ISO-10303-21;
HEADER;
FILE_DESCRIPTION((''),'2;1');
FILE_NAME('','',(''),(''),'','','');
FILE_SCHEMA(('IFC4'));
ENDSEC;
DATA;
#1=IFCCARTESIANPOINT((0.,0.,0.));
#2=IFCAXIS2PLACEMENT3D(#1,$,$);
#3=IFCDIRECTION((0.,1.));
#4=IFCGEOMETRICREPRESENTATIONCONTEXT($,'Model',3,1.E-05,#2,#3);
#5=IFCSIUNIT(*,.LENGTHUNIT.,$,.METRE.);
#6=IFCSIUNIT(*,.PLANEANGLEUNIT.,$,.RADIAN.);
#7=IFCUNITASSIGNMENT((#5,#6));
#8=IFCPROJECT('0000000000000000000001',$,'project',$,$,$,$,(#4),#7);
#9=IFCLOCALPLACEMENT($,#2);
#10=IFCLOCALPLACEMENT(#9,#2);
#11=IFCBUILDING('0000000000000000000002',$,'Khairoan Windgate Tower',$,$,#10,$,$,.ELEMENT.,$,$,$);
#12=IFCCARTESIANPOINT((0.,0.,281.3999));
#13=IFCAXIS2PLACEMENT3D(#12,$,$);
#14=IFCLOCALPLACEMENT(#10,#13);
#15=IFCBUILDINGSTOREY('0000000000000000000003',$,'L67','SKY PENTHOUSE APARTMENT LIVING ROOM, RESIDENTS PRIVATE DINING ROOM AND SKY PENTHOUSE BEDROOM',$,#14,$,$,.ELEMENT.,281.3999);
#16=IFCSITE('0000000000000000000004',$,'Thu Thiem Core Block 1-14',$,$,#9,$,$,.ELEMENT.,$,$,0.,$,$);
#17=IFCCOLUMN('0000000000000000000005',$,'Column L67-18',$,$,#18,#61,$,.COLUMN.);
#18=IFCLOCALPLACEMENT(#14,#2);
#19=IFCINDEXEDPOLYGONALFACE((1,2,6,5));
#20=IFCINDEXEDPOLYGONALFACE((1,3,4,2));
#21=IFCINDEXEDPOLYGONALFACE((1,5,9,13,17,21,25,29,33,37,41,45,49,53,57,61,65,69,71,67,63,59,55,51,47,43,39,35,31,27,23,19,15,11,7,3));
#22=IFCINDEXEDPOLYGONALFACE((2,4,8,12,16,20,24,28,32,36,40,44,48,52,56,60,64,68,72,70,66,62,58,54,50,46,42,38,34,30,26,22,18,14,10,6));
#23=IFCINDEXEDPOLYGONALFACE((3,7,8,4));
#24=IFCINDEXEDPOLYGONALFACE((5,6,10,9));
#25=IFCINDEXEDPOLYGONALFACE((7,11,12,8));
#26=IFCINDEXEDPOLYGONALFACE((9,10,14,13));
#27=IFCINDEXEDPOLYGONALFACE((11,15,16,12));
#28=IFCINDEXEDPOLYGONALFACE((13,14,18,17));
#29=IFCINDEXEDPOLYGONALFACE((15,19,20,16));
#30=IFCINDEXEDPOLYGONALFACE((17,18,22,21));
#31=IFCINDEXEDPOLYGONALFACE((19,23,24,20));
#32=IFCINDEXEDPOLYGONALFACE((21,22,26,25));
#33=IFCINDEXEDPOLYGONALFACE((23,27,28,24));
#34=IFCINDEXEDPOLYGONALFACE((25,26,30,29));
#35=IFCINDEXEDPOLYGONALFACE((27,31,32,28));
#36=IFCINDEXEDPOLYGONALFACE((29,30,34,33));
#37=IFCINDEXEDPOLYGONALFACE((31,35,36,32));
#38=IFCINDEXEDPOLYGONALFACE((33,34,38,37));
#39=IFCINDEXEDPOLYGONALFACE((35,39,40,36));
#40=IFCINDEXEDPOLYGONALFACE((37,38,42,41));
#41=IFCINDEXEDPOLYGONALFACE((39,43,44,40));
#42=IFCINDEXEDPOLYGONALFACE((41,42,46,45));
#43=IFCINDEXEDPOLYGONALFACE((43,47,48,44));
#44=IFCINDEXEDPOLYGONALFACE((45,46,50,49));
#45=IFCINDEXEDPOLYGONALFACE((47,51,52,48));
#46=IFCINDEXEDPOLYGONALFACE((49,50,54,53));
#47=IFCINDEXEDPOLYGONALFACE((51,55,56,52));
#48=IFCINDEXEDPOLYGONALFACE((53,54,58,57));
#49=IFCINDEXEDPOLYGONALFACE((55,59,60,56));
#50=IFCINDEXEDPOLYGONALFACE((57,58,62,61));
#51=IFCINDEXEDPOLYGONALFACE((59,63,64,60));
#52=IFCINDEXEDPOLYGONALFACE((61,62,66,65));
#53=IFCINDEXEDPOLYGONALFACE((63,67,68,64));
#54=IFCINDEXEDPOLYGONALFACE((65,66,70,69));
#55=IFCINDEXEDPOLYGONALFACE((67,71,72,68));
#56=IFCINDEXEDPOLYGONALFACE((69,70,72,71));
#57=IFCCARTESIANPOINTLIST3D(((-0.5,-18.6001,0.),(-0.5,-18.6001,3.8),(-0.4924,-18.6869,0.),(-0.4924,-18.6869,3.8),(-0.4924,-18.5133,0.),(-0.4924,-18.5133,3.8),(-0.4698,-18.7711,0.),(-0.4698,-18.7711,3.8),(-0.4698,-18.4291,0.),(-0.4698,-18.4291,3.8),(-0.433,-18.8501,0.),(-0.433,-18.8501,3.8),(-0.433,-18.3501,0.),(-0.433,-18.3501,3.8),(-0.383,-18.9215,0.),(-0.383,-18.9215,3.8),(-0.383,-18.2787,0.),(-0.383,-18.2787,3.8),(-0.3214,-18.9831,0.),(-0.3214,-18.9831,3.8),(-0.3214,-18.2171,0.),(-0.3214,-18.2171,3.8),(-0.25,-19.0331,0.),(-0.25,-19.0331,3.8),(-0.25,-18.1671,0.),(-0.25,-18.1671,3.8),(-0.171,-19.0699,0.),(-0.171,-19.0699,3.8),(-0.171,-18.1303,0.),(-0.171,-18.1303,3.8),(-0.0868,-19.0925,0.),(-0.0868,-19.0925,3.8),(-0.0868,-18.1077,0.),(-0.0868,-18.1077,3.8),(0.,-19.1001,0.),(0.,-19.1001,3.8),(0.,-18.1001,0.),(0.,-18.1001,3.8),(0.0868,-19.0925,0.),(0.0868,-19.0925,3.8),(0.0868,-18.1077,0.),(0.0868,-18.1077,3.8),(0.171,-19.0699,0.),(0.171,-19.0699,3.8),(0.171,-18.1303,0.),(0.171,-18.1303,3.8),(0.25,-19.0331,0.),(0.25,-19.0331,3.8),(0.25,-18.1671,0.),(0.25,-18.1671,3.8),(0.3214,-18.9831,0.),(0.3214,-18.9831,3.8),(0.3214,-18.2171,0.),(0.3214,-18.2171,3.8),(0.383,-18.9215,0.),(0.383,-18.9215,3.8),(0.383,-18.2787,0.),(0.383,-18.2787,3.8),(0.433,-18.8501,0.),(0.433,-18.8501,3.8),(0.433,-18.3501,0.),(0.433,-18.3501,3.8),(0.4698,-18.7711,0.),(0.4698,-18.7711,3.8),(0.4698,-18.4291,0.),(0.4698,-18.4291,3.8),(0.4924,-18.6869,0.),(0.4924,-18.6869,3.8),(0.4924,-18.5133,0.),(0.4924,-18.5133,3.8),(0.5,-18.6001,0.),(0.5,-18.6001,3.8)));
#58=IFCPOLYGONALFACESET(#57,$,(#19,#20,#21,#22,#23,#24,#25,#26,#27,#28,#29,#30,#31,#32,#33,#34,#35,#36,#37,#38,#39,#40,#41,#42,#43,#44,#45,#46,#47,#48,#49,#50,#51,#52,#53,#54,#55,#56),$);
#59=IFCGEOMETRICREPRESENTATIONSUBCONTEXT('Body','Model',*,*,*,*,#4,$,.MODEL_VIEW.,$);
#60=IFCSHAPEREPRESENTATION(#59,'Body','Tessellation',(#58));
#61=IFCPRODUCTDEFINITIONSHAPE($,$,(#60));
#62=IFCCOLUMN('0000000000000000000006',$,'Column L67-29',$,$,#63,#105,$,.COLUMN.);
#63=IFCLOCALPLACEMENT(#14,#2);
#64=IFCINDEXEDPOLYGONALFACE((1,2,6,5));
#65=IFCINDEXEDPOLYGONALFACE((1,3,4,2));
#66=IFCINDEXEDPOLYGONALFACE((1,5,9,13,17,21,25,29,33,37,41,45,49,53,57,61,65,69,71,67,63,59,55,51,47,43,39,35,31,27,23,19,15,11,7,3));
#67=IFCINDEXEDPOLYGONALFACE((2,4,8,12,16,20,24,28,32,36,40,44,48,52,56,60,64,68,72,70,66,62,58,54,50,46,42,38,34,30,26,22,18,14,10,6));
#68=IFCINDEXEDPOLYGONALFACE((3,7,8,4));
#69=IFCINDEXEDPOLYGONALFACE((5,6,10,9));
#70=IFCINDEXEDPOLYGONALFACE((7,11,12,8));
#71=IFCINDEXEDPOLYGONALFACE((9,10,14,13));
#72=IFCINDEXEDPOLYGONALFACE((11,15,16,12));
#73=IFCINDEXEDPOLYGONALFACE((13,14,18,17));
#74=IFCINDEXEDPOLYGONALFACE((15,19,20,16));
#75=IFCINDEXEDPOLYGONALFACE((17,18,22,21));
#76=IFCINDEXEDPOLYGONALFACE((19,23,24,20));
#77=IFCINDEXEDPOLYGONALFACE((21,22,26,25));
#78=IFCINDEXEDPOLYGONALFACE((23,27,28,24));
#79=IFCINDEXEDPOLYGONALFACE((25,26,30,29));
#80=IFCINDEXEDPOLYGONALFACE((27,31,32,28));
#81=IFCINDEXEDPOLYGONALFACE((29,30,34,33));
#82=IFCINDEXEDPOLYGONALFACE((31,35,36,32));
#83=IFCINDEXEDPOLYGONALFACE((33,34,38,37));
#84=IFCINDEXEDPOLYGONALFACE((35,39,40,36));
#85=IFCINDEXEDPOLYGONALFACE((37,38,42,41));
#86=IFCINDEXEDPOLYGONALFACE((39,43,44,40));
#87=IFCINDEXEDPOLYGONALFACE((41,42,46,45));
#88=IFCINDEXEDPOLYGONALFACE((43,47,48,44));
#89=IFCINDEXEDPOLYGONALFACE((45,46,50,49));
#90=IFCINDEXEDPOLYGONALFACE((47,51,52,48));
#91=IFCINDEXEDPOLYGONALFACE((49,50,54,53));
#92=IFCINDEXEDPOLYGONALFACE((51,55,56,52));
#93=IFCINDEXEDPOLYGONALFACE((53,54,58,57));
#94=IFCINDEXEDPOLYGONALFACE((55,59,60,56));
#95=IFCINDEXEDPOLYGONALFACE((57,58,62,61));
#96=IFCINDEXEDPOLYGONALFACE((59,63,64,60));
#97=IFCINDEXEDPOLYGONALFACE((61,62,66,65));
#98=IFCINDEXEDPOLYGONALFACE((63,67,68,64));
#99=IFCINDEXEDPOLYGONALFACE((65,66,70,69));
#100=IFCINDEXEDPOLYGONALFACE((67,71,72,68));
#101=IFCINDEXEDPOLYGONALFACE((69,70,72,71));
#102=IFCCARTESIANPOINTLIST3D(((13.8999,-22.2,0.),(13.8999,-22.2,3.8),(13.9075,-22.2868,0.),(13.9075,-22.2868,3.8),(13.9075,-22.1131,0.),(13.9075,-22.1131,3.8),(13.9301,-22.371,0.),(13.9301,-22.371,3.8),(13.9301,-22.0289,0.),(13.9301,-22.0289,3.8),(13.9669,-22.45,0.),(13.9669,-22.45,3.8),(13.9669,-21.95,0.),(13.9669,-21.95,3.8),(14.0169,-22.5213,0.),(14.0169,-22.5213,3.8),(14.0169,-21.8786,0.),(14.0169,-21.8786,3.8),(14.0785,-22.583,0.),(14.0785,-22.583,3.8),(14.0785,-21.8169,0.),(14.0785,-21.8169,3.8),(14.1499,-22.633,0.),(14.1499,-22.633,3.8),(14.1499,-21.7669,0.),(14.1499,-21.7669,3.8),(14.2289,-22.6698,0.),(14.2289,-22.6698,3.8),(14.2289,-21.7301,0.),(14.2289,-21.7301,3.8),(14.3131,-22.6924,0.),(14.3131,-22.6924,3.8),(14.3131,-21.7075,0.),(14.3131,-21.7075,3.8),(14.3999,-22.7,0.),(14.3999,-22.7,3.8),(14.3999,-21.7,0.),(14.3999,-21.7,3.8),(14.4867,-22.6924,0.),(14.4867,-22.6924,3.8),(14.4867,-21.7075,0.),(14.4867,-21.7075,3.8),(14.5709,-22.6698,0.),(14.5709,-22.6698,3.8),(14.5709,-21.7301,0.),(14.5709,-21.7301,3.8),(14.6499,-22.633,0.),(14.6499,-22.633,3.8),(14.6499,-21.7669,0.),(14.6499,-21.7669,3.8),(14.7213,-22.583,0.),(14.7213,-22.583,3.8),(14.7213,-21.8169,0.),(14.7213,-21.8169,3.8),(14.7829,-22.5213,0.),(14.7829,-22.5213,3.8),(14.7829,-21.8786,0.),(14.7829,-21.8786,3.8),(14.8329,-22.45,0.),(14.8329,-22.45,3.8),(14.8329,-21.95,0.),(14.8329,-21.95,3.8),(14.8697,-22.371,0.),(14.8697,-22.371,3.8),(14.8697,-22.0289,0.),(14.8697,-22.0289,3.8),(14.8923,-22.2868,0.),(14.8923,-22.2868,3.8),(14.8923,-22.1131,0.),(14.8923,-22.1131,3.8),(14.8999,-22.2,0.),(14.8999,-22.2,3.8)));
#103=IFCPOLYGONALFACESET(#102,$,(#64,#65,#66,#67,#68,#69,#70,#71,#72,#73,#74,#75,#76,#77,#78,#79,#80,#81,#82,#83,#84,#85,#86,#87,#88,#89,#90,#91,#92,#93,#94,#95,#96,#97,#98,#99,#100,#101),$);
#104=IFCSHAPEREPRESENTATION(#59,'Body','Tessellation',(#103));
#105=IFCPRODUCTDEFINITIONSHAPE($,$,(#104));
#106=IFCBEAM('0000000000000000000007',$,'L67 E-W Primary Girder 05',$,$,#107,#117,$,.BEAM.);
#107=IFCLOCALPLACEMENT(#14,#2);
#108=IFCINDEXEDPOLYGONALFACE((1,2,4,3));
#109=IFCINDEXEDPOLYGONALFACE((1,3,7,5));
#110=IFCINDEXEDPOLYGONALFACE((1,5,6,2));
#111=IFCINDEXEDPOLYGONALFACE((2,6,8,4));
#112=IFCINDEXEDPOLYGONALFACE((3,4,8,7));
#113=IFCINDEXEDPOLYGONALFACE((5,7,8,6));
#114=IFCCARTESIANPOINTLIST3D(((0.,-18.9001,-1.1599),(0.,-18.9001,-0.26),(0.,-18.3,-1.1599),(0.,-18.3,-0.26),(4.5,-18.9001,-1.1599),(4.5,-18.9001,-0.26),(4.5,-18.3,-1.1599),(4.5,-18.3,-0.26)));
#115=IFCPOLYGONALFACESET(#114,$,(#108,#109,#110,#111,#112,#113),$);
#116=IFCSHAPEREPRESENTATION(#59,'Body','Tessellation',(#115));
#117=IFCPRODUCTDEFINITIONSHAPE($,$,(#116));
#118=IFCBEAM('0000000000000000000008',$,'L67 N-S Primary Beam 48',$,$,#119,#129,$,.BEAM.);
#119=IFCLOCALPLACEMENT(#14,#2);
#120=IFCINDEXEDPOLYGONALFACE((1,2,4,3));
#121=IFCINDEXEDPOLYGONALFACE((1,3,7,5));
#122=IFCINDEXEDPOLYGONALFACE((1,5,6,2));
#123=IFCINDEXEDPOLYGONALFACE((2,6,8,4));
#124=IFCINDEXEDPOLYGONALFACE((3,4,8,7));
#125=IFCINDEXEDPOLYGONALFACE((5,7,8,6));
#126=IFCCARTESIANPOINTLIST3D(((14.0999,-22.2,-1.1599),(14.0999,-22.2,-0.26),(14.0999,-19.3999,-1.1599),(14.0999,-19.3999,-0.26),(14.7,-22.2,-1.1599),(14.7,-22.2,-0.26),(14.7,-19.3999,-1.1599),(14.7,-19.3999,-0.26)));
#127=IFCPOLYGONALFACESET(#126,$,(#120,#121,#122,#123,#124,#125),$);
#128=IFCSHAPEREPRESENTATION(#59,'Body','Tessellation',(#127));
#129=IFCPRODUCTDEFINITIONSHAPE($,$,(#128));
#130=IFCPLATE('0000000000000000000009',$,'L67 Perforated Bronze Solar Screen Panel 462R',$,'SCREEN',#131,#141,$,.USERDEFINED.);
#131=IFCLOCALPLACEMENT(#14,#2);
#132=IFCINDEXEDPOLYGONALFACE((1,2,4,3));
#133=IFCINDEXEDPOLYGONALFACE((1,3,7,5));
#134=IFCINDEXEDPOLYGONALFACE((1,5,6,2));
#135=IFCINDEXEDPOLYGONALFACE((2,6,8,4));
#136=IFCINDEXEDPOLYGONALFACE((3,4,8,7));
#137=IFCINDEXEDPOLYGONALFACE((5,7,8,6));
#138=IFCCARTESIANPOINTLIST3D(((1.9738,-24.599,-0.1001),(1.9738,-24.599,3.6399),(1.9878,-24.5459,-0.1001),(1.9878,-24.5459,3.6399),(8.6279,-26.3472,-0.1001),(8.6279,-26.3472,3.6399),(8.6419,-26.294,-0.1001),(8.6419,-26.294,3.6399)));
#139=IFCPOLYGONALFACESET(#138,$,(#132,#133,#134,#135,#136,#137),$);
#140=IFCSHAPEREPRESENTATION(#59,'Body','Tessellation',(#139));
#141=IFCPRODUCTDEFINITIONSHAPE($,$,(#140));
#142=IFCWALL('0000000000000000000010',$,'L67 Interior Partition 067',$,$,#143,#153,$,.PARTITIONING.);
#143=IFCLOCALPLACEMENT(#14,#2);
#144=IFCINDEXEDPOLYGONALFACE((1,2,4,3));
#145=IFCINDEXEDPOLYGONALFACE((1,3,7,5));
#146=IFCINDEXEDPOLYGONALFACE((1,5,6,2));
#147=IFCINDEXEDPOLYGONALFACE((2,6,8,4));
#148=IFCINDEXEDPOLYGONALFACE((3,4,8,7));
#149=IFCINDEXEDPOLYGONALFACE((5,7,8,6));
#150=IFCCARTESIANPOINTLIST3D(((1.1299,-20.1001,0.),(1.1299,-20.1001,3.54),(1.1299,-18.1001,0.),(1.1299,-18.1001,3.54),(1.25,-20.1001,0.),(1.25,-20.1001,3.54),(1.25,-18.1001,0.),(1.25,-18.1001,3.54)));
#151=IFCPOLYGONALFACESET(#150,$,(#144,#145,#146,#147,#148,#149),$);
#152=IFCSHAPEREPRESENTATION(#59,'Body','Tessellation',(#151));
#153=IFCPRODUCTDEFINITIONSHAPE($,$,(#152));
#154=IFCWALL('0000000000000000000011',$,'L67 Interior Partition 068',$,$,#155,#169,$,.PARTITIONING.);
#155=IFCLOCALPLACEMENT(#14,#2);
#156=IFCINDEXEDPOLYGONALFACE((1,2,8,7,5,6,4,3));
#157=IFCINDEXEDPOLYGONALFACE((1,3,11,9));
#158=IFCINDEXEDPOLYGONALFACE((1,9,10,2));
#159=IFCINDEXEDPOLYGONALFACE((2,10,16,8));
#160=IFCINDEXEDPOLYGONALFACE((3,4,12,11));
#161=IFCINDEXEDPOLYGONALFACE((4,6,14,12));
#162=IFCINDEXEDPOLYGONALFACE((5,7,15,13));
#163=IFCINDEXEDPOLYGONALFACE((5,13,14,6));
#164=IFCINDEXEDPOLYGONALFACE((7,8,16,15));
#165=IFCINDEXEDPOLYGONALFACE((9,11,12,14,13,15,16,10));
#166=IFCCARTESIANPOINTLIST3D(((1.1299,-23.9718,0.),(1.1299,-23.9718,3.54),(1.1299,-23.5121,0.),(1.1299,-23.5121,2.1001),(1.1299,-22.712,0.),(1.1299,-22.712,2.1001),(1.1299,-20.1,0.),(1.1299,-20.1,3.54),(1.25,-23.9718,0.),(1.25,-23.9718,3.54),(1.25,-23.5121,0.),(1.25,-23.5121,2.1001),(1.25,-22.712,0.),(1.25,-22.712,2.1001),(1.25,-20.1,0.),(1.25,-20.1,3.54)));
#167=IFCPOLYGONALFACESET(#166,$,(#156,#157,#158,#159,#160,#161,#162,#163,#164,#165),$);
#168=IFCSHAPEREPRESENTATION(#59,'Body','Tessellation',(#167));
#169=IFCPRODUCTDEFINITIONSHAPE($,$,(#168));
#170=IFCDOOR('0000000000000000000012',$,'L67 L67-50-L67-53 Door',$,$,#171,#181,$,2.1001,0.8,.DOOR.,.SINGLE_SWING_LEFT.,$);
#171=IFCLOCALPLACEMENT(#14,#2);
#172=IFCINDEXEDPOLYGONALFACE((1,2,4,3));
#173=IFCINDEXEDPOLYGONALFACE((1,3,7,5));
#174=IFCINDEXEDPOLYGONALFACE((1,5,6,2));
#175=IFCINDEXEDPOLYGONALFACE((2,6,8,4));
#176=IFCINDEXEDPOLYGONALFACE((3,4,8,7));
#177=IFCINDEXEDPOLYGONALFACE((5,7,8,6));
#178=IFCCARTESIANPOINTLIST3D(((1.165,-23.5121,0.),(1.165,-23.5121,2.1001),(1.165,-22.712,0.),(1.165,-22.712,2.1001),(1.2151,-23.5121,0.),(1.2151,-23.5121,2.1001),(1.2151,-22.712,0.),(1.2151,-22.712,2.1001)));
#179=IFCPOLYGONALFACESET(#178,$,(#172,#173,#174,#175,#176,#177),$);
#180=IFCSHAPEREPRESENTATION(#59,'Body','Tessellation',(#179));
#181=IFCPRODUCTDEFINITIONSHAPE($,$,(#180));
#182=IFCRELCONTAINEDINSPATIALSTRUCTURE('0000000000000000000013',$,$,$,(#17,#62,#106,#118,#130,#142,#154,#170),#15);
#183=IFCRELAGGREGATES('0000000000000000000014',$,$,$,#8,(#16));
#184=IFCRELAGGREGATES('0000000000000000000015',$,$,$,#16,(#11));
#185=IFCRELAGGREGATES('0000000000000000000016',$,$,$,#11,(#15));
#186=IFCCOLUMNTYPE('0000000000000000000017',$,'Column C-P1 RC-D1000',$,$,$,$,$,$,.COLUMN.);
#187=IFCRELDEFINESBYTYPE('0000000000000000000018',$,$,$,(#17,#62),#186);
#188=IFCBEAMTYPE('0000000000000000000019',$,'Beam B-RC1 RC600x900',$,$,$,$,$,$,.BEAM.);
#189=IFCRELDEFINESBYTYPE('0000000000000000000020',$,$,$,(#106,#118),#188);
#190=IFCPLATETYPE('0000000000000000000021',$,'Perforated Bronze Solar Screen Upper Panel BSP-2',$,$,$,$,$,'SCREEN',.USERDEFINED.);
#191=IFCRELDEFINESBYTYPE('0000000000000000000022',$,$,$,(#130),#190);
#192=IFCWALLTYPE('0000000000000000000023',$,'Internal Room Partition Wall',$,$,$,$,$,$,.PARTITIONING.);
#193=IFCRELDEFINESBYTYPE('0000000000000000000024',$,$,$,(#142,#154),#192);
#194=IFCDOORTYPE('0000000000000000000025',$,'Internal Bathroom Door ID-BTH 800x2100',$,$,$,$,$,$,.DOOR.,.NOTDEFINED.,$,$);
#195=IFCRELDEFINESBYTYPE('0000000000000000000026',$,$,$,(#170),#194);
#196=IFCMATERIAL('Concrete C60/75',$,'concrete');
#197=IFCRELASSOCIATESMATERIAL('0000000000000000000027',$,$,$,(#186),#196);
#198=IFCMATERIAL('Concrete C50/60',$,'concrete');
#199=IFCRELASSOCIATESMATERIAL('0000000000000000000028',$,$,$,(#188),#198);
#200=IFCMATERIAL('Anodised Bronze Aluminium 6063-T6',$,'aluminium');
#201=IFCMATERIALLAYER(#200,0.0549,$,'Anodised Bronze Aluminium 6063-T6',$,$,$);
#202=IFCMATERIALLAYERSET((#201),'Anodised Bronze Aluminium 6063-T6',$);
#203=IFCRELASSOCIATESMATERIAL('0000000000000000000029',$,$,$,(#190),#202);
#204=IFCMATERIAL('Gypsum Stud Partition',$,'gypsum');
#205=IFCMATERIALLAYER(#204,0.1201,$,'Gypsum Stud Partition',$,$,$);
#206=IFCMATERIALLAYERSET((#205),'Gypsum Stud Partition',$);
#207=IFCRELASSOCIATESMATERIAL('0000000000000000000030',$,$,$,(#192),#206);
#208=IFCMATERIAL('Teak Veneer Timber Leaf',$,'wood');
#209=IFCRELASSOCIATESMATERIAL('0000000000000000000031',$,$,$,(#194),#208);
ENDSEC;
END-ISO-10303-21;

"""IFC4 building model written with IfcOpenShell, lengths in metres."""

from ifc_helpers import new_model, si_unit, direction, frame, frame_2d, origin, origin_2d, place, context, subcontext, project, spatial, rectangle, circle, extrude, material, layer, layer_set, material_profile, profile_set, type_object, element, fill, save


model = new_model("IFC4")

# Units and contexts
model_context = context("Model", 3, precision=1e-05, world=origin(), true_north=direction((0.0, 1.0)))
body_context = subcontext(model_context, "Body", "Model", "MODEL_VIEW")
ifc_project = project(units=[si_unit("LENGTHUNIT", "METRE"), si_unit("PLANEANGLEUNIT", "RADIAN")], contexts=[model_context])

# Site, building, storey
site_placement = place(None, origin())
site = spatial("IfcSite", under=ifc_project, at=site_placement, Name="Thu Thiem Core Block 1-14", CompositionType="ELEMENT", RefElevation=0.0)
building_placement = place(site_placement, origin())
building = spatial("IfcBuilding", under=site, at=building_placement, Name="Khairoan Windgate Tower", CompositionType="ELEMENT")
storey_placement = place(building_placement, frame((0.0, 0.0, 281.3999)))
storey = spatial("IfcBuildingStorey", under=building, at=storey_placement, Name="L67", Description="SKY PENTHOUSE APARTMENT LIVING ROOM, RESIDENTS PRIVATE DINING ROOM AND SKY PENTHOUSE BEDROOM", CompositionType="ELEMENT", Elevation=281.3999)

# Columns
ifc_material_1 = material(Name="Concrete C60/75", Category="concrete")
ifc_material_profile_1 = material_profile(ifc_material_1, circle(Radius=0.5, at=origin_2d()))
ifc_profile_set_1 = profile_set([ifc_material_profile_1], Name="Concrete C60/75")
column_type = type_object("IfcColumnType", Name="Column C-P1 RC-D1000", PredefinedType="COLUMN", material=ifc_profile_set_1)
for number, where, z_axis, x_axis, name in (
    (1, (0.0, -18.6001, 0.0), (0.0, 0.0, 1.0), (1.0, 0.0, 0.0), "Column L67-18"),
    (2, (14.3999, -22.2, 0.0), (0.0, 0.0, 1.0), (1.0, 0.0, 0.0), "Column L67-29"),
):
    element("IfcColumn", number, at=place(storey_placement, frame(where, z_axis=z_axis, x_axis=x_axis)), inside=storey, type_object=column_type, Name=name, PredefinedType="COLUMN", context=body_context, shape_type="SweptSolid", body=[
        extrude(circle(Radius=0.5, at=origin_2d()), origin(), (0.0, 0.0, 1.0), 3.8),
    ])

# Beams
ifc_material_2 = material(Name="Concrete C50/60", Category="concrete")
ifc_material_profile_2 = material_profile(ifc_material_2, rectangle(XDim=0.6001, YDim=0.8999, at=origin_2d()))
ifc_profile_set_2 = profile_set([ifc_material_profile_2], Name="Concrete C50/60")
beam_type = type_object("IfcBeamType", Name="Beam B-RC1 RC600x900", PredefinedType="BEAM", material=ifc_profile_set_2)
beam_1_placement = place(storey_placement, frame((0.0, -18.6001, -0.71), z_axis=(1.0, 0.0, 0.0), x_axis=(0.0, 1.0, 0.0)))
element("IfcBeam", 3, at=beam_1_placement, inside=storey, type_object=beam_type, Name="L67 E-W Primary Girder 05", PredefinedType="BEAM", context=body_context, shape_type="SweptSolid", body=[
    extrude(rectangle(XDim=0.6001, YDim=0.8999, at=origin_2d()), origin(), (0.0, 0.0, 1.0), 4.5),
])
beam_2_placement = place(storey_placement, frame((14.3999, -22.2, -0.71), z_axis=(0.0, 1.0, 0.0), x_axis=(-1.0, 0.0, 0.0)))
element("IfcBeam", 4, at=beam_2_placement, inside=storey, type_object=beam_type, Name="L67 N-S Primary Beam 48", PredefinedType="BEAM", context=body_context, shape_type="SweptSolid", body=[
    extrude(rectangle(XDim=0.6001, YDim=0.8999, at=origin_2d()), origin(), (0.0, 0.0, 1.0), 2.8),
])

# Plate
ifc_material_3 = material(Name="Anodised Bronze Aluminium 6063-T6", Category="aluminium")
ifc_layer_1 = layer(ifc_material_3, 0.0549, Name="Anodised Bronze Aluminium 6063-T6")
ifc_layer_set_1 = layer_set([ifc_layer_1], Name="Anodised Bronze Aluminium 6063-T6")
plate_type = type_object("IfcPlateType", Name="Perforated Bronze Solar Screen Upper Panel BSP-2", ElementType="SCREEN", PredefinedType="USERDEFINED", material=ifc_layer_set_1)
plate_placement = place(storey_placement, frame((5.3079, -25.4465, -0.1001), z_axis=(0.0, 0.0, 1.0), x_axis=(-0.967179, 0.254096, 0.0)))
element("IfcPlate", 5, at=plate_placement, inside=storey, type_object=plate_type, Name="L67 Perforated Bronze Solar Screen Panel 462R", ObjectType="SCREEN", PredefinedType="USERDEFINED", context=body_context, shape_type="SweptSolid", body=[
    extrude(rectangle(XDim=6.8799, YDim=0.0549, at=origin_2d()), origin(), (0.0, 0.0, 1.0), 3.74),
])

# Wall
ifc_material_4 = material(Name="Gypsum Stud Partition", Category="gypsum")
ifc_layer_2 = layer(ifc_material_4, 0.1201, Name="Gypsum Stud Partition")
ifc_layer_set_2 = layer_set([ifc_layer_2], Name="Gypsum Stud Partition")
wall_type_1 = type_object("IfcWallType", Name="Internal Room Partition Wall", PredefinedType="PARTITIONING", material=ifc_layer_set_2)
wall_1_placement = place(storey_placement, frame((1.1899, -20.1001, 0.0), z_axis=(0.0, 0.0, 1.0), x_axis=(0.0, 1.0, 0.0)))
element("IfcWall", 6, at=wall_1_placement, inside=storey, type_object=wall_type_1, Name="L67 Interior Partition 067", PredefinedType="PARTITIONING", context=body_context, shape_type="SweptSolid", body=[
    extrude(rectangle(XDim=2.0, YDim=0.1201, at=frame_2d((1.0, 0.0))), origin(), (0.0, 0.0, 1.0), 3.54),
])

# Wall, opening, door
wall_2_placement = place(storey_placement, frame((1.1899, -23.9719, 0.0), z_axis=(0.0, 0.0, 1.0), x_axis=(0.0, 1.0, 0.0)))
wall_2 = element("IfcWall", 7, at=wall_2_placement, inside=storey, type_object=wall_type_1, Name="L67 Interior Partition 068", PredefinedType="PARTITIONING", context=body_context, shape_type="SweptSolid", body=[
    extrude(rectangle(XDim=3.8718, YDim=0.1201, at=frame_2d((1.936, 0.0))), origin(), (0.0, 0.0, 1.0), 3.54),
])
opening_1_placement = place(wall_2_placement, frame((0.46, 0.0, 0.0)))
opening_1 = element("IfcOpeningElement", 8, at=opening_1_placement, cuts=wall_2, PredefinedType="OPENING", context=body_context, shape_type="SweptSolid", body=[
    extrude(rectangle(XDim=0.8, YDim=2.1001, at=frame_2d((0.3999, 1.05))), frame((0.0, 0.0701, 0.0), z_axis=(0.0, -1.0, 0.0), x_axis=(1.0, 0.0, 0.0)), (0.0, 0.0, 1.0), 0.1401),
])
ifc_material_5 = material(Name="Teak Veneer Timber Leaf", Category="wood")
door_type_1 = type_object("IfcDoorType", Name="Internal Bathroom Door ID-BTH 800x2100", OperationType="NOTDEFINED", PredefinedType="DOOR", material=ifc_material_5)
door_1_placement = place(opening_1_placement, origin())
door_1 = element("IfcDoor", 9, at=door_1_placement, inside=storey, type_object=door_type_1, Name="L67 L67-50-L67-53 Door", OperationType="SINGLE_SWING_LEFT", OverallHeight=2.1001, OverallWidth=0.8, PredefinedType="DOOR", context=body_context, shape_type="SweptSolid", body=[
    extrude(rectangle(XDim=0.8, YDim=2.1001, at=frame_2d((0.3999, 1.05))), frame((0.0, 0.0249, 0.0), z_axis=(0.0, -1.0, 0.0), x_axis=(1.0, 0.0, 0.0)), (0.0, 0.0, 1.0), 0.05),
])
fill(opening_1, door_1)

save(model, "model.ifc")
